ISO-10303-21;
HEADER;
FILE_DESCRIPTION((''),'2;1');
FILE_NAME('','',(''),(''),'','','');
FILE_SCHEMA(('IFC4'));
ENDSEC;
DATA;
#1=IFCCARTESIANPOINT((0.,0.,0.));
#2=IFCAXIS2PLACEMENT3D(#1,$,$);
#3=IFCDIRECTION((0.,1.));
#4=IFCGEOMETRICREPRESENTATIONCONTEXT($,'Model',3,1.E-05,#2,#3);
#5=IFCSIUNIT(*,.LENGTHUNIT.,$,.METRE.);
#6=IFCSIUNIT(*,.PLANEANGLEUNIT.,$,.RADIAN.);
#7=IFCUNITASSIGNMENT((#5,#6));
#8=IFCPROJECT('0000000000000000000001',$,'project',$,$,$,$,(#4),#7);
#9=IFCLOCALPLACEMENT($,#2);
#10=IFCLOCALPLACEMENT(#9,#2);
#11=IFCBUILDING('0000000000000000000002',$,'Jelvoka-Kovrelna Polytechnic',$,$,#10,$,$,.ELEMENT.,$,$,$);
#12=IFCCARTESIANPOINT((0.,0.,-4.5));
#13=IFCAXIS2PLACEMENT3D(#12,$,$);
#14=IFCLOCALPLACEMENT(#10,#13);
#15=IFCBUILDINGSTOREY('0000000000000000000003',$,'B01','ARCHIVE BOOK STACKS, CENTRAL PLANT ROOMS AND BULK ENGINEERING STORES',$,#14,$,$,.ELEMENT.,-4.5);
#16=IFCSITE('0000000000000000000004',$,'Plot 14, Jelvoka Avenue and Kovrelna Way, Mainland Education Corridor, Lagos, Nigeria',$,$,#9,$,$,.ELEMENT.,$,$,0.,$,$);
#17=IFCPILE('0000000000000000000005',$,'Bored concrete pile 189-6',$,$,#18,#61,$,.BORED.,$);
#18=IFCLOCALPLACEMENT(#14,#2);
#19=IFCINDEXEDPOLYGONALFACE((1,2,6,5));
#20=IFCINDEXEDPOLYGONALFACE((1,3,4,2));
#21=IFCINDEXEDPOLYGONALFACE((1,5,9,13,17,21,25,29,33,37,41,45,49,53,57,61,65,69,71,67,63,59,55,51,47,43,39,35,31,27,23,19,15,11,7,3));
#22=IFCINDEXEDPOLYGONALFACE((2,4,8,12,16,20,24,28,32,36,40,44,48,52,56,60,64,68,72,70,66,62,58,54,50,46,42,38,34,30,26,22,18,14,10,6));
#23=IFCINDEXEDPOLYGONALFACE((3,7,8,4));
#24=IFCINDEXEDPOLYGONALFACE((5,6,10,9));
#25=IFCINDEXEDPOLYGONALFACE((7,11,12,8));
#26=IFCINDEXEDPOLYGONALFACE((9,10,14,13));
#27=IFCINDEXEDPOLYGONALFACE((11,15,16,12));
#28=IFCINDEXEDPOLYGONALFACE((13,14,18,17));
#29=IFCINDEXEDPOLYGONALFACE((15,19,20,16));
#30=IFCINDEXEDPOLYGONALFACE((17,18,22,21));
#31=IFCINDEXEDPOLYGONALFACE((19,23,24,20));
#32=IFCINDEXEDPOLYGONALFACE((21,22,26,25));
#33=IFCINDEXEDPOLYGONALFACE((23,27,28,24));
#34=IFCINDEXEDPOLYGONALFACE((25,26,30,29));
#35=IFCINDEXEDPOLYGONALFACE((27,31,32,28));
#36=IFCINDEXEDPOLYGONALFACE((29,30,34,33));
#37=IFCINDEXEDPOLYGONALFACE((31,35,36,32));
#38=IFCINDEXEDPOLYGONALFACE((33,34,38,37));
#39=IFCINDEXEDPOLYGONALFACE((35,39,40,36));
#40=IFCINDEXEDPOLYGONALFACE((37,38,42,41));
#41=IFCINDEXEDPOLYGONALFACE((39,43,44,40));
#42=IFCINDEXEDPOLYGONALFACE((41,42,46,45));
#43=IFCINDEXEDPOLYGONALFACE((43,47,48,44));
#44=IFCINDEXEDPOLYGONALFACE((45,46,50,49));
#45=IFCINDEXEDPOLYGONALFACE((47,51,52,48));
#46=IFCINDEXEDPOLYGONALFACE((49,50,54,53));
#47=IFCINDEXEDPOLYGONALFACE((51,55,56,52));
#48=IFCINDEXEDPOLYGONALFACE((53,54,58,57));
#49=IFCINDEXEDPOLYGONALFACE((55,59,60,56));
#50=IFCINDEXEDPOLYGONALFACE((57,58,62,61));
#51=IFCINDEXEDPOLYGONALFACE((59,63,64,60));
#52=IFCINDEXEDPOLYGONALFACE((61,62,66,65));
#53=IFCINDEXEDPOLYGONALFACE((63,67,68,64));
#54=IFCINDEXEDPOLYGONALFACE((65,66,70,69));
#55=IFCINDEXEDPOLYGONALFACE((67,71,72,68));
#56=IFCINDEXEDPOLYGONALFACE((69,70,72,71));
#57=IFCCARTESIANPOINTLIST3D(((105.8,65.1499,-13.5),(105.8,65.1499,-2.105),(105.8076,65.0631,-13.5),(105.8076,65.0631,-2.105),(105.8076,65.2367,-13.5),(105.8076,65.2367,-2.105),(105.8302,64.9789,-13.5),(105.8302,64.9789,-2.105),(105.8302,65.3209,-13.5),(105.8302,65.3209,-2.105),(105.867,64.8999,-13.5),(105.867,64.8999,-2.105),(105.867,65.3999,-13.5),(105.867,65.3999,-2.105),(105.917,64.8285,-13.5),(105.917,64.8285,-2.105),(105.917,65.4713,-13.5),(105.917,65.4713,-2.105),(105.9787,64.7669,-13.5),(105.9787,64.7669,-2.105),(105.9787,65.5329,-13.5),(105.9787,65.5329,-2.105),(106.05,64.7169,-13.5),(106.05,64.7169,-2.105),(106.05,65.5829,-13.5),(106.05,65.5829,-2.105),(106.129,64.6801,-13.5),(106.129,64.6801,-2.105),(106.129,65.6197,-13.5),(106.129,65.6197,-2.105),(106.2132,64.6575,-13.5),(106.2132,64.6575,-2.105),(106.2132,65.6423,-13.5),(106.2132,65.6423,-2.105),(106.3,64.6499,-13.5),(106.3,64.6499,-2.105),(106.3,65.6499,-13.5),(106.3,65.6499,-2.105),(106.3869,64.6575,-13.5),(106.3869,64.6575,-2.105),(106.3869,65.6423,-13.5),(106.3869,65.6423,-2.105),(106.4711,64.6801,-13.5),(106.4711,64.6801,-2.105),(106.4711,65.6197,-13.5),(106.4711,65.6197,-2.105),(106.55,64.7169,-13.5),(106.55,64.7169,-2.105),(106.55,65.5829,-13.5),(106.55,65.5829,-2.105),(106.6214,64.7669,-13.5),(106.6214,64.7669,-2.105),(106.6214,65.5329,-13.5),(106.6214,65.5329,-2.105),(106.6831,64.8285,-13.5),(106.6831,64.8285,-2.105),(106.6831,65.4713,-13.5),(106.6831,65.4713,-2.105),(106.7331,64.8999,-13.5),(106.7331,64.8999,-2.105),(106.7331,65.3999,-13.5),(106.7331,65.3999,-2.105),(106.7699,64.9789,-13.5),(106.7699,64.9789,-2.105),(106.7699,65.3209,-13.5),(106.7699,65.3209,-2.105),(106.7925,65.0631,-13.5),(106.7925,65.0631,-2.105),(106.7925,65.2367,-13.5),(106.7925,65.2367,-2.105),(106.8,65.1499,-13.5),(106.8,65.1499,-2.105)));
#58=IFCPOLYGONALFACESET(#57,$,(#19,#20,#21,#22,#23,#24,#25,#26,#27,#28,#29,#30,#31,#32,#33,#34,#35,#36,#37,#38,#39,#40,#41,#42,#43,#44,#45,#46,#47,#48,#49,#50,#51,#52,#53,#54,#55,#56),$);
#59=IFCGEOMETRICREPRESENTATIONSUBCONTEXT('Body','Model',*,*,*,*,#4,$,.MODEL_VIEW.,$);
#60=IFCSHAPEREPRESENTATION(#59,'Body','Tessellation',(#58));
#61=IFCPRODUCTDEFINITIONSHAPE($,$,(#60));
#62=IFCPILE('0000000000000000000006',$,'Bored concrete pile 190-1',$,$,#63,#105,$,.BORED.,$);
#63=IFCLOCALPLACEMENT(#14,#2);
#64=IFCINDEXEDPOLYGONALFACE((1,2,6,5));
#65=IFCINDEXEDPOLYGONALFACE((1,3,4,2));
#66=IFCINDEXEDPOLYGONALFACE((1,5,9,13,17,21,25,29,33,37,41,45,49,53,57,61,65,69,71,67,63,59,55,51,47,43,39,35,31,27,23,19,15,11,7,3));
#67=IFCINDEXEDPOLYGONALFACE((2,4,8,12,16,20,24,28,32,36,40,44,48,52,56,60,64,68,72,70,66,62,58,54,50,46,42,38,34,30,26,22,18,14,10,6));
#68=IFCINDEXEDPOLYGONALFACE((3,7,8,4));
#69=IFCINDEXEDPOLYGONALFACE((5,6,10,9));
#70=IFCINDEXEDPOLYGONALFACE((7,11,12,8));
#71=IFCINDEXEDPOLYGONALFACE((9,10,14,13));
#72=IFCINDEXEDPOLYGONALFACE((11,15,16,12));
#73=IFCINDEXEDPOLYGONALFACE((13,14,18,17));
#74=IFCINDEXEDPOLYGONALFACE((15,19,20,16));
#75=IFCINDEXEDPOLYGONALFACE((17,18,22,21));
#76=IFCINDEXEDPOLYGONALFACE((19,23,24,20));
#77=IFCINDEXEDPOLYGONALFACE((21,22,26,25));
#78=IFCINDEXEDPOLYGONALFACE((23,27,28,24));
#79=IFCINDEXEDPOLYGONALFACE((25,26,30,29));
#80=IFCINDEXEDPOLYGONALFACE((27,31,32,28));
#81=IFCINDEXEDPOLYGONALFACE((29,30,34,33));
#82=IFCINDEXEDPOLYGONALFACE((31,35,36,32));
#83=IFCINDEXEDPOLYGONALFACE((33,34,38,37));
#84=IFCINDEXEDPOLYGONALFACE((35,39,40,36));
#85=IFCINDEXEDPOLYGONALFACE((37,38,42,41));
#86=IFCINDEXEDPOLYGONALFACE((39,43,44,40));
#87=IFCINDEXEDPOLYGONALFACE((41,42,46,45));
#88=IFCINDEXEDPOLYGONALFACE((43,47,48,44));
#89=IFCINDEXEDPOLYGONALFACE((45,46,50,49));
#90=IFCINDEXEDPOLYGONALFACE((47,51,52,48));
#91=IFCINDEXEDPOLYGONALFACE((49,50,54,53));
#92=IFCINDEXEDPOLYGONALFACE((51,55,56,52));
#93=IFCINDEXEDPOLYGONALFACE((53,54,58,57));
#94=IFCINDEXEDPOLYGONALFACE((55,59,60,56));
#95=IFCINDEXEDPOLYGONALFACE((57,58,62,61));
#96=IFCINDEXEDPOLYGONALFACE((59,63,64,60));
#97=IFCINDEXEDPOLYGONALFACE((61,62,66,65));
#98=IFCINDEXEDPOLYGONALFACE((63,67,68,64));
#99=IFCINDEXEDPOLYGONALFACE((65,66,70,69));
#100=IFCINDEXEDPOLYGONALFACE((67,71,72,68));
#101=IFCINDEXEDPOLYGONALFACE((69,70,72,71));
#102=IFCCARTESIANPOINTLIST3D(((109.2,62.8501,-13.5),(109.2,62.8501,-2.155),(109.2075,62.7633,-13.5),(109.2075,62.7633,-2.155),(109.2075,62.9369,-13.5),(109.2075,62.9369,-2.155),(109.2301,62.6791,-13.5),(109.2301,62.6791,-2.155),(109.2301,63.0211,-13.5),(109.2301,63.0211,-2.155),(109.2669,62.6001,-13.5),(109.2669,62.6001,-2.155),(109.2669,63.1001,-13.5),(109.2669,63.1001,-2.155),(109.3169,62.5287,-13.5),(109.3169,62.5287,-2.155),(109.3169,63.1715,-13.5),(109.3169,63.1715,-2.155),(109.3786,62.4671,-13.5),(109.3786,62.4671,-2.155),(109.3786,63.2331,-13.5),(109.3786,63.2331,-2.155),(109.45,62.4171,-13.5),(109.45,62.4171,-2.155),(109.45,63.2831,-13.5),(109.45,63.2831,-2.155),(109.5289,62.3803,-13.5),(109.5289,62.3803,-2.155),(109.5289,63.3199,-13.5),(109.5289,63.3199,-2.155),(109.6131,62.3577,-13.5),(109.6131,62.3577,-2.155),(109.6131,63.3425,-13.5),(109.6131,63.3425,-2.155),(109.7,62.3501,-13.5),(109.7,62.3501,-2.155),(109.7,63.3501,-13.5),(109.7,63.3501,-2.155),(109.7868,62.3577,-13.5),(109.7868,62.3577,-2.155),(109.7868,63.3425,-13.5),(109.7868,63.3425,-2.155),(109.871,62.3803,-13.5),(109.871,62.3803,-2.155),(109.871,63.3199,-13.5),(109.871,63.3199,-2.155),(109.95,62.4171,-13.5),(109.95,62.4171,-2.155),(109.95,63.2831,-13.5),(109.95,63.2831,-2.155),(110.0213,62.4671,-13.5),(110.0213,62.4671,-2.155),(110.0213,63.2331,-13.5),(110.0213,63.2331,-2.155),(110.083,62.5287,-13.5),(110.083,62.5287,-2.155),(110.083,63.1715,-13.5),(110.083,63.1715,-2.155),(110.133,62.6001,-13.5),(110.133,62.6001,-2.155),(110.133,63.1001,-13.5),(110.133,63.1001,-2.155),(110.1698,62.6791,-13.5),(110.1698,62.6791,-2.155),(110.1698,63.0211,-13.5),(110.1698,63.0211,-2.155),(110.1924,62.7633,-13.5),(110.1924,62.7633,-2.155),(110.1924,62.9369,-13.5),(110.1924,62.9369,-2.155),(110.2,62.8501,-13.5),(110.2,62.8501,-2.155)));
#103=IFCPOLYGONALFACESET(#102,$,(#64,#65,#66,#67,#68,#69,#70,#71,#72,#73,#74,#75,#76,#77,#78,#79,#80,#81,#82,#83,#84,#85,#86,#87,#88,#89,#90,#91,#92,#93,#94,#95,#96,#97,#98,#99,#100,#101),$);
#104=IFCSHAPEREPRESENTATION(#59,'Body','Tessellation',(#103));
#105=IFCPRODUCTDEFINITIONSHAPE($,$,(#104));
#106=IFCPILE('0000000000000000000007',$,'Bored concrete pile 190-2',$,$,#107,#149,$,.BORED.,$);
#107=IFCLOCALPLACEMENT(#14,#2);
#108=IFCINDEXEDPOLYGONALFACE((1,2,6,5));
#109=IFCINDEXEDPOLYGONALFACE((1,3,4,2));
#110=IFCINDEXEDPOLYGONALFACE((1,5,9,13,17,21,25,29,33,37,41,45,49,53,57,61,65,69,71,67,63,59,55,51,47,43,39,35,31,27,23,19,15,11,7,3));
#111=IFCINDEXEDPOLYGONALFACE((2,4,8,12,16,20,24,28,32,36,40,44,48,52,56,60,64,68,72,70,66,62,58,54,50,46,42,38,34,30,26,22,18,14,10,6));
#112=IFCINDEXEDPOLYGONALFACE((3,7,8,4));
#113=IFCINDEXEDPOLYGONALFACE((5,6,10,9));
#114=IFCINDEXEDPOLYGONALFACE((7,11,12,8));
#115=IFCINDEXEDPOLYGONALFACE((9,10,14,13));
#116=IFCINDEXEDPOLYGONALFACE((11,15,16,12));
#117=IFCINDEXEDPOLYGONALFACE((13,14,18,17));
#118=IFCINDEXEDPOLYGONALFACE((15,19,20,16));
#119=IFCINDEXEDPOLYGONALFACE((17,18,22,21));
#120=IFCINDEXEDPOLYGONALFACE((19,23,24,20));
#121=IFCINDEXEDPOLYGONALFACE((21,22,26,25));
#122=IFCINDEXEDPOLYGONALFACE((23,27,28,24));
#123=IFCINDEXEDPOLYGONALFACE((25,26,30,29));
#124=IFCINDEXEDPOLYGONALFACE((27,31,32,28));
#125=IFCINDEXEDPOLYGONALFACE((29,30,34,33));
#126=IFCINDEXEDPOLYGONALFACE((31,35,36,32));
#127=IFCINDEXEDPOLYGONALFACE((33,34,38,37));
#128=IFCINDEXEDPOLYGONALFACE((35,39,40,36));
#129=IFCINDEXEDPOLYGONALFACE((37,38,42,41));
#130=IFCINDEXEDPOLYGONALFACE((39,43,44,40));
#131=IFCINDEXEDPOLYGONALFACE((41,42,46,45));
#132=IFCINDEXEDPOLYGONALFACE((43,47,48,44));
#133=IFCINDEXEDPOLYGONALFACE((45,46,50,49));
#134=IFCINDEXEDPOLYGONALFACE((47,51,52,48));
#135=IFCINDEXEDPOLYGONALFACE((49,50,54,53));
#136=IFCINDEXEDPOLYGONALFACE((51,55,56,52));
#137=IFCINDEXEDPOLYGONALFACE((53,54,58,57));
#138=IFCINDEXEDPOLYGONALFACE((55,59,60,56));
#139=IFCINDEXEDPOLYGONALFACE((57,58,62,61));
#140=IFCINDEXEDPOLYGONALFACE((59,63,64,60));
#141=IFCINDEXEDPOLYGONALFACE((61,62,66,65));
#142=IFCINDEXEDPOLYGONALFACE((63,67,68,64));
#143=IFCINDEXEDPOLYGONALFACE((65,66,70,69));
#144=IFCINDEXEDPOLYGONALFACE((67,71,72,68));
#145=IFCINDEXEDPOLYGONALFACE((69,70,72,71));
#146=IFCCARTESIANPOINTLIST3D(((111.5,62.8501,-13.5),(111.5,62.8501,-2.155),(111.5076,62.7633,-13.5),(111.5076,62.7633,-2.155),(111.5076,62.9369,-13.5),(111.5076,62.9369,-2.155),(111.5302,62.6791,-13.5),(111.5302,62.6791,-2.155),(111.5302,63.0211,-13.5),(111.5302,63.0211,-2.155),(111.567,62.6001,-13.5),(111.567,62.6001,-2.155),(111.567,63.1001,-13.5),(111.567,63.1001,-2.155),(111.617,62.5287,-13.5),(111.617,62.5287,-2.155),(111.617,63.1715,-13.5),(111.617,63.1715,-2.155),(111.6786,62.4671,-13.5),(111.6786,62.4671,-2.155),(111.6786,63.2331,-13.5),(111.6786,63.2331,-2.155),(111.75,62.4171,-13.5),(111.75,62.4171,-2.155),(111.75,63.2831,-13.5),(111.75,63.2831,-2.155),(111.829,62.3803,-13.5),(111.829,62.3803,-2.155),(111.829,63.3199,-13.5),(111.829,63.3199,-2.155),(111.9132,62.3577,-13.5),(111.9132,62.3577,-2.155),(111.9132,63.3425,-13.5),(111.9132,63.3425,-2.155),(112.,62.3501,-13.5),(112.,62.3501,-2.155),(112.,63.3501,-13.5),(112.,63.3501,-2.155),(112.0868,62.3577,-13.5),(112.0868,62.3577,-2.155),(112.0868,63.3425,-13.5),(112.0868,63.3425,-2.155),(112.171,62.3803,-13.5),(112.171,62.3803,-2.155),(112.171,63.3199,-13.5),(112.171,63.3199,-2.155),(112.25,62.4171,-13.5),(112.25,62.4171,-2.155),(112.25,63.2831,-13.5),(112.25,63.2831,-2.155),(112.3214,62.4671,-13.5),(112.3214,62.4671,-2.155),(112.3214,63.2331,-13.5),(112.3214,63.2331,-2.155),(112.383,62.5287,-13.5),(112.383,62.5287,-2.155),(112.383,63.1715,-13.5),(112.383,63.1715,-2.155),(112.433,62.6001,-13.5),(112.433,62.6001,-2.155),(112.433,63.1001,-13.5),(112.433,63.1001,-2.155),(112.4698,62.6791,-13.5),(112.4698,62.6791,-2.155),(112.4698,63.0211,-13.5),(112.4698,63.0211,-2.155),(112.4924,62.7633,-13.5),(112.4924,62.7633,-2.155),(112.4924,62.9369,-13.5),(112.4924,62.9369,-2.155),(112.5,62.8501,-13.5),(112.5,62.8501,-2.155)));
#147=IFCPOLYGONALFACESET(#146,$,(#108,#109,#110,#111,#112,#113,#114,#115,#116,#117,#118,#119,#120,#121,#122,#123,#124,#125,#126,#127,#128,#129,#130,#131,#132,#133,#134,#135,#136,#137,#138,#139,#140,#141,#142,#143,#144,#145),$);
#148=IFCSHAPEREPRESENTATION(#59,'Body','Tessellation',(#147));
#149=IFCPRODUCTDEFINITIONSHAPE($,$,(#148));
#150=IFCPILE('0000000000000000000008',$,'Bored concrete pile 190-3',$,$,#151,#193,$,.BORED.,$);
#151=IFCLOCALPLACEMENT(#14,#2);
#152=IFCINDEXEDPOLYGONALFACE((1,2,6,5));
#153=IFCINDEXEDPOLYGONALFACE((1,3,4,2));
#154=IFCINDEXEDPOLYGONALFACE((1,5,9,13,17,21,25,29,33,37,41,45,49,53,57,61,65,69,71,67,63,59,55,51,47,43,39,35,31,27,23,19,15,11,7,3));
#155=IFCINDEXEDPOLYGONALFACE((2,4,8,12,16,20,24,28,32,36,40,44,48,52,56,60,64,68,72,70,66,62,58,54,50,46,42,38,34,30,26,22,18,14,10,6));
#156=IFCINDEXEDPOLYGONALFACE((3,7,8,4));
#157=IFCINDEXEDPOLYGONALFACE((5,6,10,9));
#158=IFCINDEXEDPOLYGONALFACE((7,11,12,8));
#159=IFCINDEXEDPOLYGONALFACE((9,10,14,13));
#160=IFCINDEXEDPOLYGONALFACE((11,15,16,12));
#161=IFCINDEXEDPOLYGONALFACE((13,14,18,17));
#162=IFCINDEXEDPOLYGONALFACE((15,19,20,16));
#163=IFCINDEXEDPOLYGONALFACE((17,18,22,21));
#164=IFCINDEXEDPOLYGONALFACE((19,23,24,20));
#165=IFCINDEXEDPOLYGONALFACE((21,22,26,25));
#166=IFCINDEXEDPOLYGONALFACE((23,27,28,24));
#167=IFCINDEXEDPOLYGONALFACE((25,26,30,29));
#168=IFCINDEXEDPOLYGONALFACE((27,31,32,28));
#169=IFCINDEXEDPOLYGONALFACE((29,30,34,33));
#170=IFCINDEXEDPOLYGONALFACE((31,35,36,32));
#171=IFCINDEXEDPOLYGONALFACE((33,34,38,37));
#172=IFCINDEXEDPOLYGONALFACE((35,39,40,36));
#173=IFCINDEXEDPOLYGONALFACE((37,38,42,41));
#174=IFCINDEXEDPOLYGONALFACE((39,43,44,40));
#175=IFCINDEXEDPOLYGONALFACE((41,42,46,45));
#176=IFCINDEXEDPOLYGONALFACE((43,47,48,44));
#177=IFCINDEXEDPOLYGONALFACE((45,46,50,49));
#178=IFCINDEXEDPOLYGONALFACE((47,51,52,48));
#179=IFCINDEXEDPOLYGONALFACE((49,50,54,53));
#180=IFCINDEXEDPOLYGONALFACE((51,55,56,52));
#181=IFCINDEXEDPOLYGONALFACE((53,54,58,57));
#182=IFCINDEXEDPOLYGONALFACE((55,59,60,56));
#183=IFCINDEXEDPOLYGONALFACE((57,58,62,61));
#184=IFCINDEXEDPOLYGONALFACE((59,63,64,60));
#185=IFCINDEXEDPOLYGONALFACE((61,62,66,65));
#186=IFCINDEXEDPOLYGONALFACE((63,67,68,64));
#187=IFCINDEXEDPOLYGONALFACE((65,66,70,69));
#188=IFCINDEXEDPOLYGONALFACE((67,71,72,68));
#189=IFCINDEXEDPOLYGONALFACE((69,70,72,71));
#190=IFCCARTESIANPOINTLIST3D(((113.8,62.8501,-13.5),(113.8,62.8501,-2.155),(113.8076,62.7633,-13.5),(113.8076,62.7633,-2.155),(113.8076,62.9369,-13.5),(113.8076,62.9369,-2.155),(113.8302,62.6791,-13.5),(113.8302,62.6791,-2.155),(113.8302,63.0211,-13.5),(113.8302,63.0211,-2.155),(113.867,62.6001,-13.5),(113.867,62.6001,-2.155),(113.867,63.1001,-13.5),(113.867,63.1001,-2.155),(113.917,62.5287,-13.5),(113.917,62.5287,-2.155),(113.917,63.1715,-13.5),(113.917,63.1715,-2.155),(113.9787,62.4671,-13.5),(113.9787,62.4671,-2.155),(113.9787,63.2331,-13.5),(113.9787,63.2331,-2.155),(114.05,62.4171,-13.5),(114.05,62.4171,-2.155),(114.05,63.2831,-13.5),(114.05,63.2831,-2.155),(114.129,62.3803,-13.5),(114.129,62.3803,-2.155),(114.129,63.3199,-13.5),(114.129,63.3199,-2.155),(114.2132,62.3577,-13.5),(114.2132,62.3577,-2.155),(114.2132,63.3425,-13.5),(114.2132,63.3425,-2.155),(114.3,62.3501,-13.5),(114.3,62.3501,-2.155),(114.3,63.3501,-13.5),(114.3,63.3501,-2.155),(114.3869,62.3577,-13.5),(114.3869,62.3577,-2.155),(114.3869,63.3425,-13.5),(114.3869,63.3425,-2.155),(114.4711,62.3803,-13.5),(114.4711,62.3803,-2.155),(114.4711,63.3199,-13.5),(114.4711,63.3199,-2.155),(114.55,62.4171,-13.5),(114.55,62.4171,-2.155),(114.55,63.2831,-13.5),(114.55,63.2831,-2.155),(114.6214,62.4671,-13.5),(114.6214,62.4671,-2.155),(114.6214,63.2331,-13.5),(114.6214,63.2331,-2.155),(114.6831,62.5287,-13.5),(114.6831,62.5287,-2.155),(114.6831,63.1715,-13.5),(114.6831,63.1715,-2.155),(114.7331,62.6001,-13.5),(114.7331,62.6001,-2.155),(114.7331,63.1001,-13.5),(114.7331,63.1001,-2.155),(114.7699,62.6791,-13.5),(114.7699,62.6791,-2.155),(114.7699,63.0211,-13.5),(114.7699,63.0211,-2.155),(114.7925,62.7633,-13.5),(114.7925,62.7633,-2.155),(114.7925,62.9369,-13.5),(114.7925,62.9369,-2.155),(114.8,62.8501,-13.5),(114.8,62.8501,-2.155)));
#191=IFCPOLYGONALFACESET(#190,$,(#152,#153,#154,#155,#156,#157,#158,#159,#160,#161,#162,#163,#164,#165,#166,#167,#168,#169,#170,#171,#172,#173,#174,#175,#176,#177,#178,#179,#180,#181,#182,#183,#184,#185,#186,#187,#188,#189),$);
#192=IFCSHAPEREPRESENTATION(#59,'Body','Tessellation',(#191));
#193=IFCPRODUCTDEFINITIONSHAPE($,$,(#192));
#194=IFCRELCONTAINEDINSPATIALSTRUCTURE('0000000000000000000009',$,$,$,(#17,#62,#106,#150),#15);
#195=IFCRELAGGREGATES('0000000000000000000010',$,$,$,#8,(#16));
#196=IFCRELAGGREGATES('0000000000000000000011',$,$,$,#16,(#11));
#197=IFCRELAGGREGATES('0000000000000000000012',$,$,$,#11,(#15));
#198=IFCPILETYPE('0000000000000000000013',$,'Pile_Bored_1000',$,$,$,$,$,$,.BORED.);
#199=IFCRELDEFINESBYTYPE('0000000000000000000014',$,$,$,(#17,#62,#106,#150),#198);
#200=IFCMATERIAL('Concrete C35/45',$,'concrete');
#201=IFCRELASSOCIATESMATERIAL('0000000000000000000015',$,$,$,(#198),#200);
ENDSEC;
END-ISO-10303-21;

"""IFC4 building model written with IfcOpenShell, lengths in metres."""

from ifc_helpers import new_model, si_unit, direction, frame, origin, origin_2d, place, context, subcontext, project, spatial, circle, extrude, material, material_profile, profile_set, type_object, element, save


model = new_model("IFC4")

# Units and contexts
model_context = context("Model", 3, precision=1e-05, world=origin(), true_north=direction((0.0, 1.0)))
body_context = subcontext(model_context, "Body", "Model", "MODEL_VIEW")
ifc_project = project(units=[si_unit("LENGTHUNIT", "METRE"), si_unit("PLANEANGLEUNIT", "RADIAN")], contexts=[model_context])

# Site, building, storey
site_placement = place(None, origin())
site = spatial("IfcSite", under=ifc_project, at=site_placement, Name="Plot 14, Jelvoka Avenue and Kovrelna Way, Mainland Education Corridor, Lagos, Nigeria", CompositionType="ELEMENT", RefElevation=0.0)
building_placement = place(site_placement, origin())
building = spatial("IfcBuilding", under=site, at=building_placement, Name="Jelvoka-Kovrelna Polytechnic", CompositionType="ELEMENT")
storey_placement = place(building_placement, frame((0.0, 0.0, -4.5)))
storey = spatial("IfcBuildingStorey", under=building, at=storey_placement, Name="B01", Description="ARCHIVE BOOK STACKS, CENTRAL PLANT ROOMS AND BULK ENGINEERING STORES", CompositionType="ELEMENT", Elevation=-4.5)

# Piles
ifc_material_1 = material(Name="Concrete C35/45", Category="concrete")
ifc_material_profile_1 = material_profile(ifc_material_1, circle(Radius=0.5, at=origin_2d()), Name="PILE D1000")
ifc_profile_set_1 = profile_set([ifc_material_profile_1], Name="Concrete C35/45")
pile_type = type_object("IfcPileType", Name="Pile_Bored_1000", PredefinedType="BORED", material=ifc_profile_set_1)
for number, where, z_axis, x_axis, name in (
    (1, (106.3, 65.1499, -2.105), (0.0, 0.0, -1.0), (1.0, 0.0, 0.0), "Bored concrete pile 189-6"),
):
    element("IfcPile", number, at=place(storey_placement, frame(where, z_axis=z_axis, x_axis=x_axis)), inside=storey, type_object=pile_type, Name=name, PredefinedType="BORED", context=body_context, shape_type="SweptSolid", body=[
        extrude(circle(Radius=0.5, at=origin_2d()), origin(), (0.0, 0.0, 1.0), 11.395),
    ])
for number, where, z_axis, x_axis, name in (
    (2, (109.7, 62.8501, -2.155), (0.0, 0.0, -1.0), (1.0, 0.0, 0.0), "Bored concrete pile 190-1"),
    (3, (112.0, 62.8501, -2.155), (0.0, 0.0, -1.0), (1.0, 0.0, 0.0), "Bored concrete pile 190-2"),
    (4, (114.3, 62.8501, -2.155), (0.0, 0.0, -1.0), (1.0, 0.0, 0.0), "Bored concrete pile 190-3"),
):
    element("IfcPile", number, at=place(storey_placement, frame(where, z_axis=z_axis, x_axis=x_axis)), inside=storey, type_object=pile_type, Name=name, PredefinedType="BORED", context=body_context, shape_type="SweptSolid", body=[
        extrude(circle(Radius=0.5, at=origin_2d()), origin(), (0.0, 0.0, 1.0), 11.345),
    ])

save(model, "model.ifc")
